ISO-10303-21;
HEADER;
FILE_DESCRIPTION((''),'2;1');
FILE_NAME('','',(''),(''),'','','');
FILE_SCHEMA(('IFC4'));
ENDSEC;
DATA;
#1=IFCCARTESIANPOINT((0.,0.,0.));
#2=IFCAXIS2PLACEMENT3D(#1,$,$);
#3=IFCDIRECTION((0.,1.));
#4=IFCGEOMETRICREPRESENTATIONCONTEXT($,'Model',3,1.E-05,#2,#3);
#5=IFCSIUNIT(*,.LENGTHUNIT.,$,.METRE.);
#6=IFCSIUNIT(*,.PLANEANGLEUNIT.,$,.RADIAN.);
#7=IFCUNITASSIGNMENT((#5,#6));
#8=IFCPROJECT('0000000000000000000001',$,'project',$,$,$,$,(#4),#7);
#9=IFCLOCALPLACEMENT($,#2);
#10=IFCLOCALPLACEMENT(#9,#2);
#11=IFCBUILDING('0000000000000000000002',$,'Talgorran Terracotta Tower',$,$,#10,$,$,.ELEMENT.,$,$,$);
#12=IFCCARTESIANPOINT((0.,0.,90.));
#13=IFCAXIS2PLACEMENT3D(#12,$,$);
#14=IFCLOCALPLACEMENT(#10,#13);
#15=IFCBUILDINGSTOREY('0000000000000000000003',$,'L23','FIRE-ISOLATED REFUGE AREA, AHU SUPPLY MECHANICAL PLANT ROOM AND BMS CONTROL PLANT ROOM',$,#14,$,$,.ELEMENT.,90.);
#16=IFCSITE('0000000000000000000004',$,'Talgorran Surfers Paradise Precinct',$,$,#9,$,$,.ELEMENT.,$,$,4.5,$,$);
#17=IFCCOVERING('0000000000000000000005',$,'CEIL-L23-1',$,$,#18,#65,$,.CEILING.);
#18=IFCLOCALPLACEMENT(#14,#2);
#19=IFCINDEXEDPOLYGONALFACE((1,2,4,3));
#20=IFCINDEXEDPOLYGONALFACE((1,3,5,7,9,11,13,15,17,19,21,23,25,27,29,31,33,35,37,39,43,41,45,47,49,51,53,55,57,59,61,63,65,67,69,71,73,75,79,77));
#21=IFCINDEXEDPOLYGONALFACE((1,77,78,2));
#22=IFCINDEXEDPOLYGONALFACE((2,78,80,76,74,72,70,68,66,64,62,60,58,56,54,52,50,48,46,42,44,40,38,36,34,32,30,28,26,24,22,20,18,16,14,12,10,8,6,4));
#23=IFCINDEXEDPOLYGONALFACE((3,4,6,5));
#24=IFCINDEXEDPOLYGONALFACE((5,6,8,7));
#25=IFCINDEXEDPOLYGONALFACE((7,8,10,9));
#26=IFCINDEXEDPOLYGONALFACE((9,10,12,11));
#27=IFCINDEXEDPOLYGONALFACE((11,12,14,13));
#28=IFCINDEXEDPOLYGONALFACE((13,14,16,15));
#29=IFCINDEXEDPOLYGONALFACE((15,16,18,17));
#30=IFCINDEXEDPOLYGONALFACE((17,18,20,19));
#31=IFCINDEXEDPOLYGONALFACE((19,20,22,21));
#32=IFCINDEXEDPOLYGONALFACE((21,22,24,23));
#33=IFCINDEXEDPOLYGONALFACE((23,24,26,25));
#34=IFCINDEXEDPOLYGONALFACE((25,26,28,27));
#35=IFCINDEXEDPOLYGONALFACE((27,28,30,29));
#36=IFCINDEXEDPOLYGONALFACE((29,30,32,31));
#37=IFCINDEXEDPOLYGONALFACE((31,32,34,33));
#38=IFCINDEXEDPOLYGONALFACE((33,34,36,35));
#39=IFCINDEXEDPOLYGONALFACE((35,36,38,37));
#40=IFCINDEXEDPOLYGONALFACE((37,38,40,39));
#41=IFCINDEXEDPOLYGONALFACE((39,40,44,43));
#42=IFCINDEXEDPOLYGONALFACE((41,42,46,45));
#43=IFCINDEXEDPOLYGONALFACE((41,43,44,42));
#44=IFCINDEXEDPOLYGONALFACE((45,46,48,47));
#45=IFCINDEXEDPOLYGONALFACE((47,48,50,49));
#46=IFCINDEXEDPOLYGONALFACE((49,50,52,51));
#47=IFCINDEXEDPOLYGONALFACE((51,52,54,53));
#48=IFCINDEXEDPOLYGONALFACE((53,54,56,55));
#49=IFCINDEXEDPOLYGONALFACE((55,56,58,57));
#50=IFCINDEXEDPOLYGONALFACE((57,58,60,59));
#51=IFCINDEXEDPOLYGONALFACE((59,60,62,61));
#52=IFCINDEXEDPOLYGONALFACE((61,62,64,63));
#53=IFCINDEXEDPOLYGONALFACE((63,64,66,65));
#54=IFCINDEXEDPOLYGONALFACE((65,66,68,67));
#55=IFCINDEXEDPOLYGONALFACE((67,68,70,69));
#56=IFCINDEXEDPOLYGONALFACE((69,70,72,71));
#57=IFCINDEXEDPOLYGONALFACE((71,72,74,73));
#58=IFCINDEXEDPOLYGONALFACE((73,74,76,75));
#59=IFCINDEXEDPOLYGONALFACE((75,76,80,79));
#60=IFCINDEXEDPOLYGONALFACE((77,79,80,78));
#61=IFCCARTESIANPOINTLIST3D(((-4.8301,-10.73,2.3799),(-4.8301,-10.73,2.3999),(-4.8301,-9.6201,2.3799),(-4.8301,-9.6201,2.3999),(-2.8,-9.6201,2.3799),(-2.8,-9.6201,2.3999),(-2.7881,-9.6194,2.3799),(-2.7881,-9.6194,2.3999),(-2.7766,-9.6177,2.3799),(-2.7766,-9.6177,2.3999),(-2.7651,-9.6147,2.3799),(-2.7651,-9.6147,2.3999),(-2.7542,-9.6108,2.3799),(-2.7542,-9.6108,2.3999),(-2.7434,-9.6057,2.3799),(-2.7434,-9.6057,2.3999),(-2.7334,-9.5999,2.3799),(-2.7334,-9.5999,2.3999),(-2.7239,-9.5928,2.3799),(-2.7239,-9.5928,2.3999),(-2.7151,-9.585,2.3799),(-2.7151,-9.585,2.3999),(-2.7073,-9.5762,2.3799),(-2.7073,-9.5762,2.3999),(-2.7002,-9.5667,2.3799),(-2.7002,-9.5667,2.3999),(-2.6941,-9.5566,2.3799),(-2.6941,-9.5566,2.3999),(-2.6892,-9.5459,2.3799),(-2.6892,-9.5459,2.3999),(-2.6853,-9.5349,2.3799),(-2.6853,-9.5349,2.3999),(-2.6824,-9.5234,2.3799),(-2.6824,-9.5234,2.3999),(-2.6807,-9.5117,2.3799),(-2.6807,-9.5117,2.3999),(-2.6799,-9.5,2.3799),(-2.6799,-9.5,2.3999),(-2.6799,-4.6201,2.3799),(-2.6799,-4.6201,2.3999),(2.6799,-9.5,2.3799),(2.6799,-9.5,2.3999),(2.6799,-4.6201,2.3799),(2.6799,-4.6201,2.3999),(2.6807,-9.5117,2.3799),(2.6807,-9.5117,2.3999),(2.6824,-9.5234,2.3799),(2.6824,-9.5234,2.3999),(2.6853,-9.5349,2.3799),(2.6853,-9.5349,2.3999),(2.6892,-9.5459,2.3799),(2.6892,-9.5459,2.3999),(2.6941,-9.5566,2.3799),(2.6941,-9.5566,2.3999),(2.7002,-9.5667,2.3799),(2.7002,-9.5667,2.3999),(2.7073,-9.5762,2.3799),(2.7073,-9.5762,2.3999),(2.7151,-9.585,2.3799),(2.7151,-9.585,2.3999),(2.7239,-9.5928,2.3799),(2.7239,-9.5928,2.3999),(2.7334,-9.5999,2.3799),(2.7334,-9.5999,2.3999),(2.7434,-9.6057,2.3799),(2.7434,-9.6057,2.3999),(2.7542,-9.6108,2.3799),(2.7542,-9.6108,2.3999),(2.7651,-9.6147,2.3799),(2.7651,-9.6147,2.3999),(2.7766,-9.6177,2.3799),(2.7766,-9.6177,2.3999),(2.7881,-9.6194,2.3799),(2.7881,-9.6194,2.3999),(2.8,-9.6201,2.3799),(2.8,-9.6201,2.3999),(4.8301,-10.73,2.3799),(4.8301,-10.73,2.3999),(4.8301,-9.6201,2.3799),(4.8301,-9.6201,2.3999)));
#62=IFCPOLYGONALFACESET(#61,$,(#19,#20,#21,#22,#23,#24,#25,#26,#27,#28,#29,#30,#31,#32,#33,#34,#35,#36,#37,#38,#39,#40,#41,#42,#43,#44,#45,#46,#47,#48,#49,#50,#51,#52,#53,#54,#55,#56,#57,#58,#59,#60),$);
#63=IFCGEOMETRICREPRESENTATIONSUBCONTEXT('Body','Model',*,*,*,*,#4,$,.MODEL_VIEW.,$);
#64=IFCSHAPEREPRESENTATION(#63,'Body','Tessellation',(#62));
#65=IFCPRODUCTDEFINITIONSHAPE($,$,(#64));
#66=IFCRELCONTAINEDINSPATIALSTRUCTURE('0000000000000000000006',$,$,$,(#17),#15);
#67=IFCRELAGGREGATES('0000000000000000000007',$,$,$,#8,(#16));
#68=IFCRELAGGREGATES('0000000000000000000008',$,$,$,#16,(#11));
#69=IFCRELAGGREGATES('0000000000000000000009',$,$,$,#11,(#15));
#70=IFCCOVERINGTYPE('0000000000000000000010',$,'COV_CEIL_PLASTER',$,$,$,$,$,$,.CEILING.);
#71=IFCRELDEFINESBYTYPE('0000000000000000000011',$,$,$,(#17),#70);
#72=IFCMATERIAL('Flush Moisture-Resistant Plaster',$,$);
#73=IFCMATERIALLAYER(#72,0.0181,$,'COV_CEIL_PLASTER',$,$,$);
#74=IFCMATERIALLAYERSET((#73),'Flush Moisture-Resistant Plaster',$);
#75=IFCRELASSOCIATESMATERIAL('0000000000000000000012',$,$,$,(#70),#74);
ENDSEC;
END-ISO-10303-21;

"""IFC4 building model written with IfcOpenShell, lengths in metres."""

from ifc_helpers import new_model, si_unit, direction, frame, origin, place, context, subcontext, project, spatial, polyline, outline, extrude, material, layer, layer_set, type_object, element, save


model = new_model("IFC4")

# Units and contexts
model_context = context("Model", 3, precision=1e-05, world=origin(), true_north=direction((0.0, 1.0)))
body_context = subcontext(model_context, "Body", "Model", "MODEL_VIEW")
ifc_project = project(units=[si_unit("LENGTHUNIT", "METRE"), si_unit("PLANEANGLEUNIT", "RADIAN")], contexts=[model_context])

# Site, building, storey
site_placement = place(None, origin())
site = spatial("IfcSite", under=ifc_project, at=site_placement, Name="Talgorran Surfers Paradise Precinct", CompositionType="ELEMENT", RefElevation=4.5)
building_placement = place(site_placement, origin())
building = spatial("IfcBuilding", under=site, at=building_placement, Name="Talgorran Terracotta Tower", CompositionType="ELEMENT")
storey_placement = place(building_placement, frame((0.0, 0.0, 90.0)))
storey = spatial("IfcBuildingStorey", under=building, at=storey_placement, Name="L23", Description="FIRE-ISOLATED REFUGE AREA, AHU SUPPLY MECHANICAL PLANT ROOM AND BMS CONTROL PLANT ROOM", CompositionType="ELEMENT", Elevation=90.0)

# Covering
ifc_material_1 = material(Name="Flush Moisture-Resistant Plaster")
ifc_layer_1 = layer(ifc_material_1, 0.0181, Name="COV_CEIL_PLASTER")
ifc_layer_set_1 = layer_set([ifc_layer_1], Name="Flush Moisture-Resistant Plaster")
covering_type_1 = type_object("IfcCoveringType", Name="COV_CEIL_PLASTER", PredefinedType="CEILING", material=ifc_layer_set_1)
covering_1_placement = place(storey_placement, frame((0.0, 0.0, 2.3799)))
element("IfcCovering", 1, at=covering_1_placement, inside=storey, type_object=covering_type_1, Name="CEIL-L23-1", PredefinedType="CEILING", context=body_context, shape_type="SweptSolid", body=[
    extrude(outline(polyline([(-4.8301, -9.6201), (-2.8, -9.6201), (-2.7881, -9.6194), (-2.7766, -9.6177), (-2.7651, -9.6147), (-2.7542, -9.6108), (-2.7434, -9.6057), (-2.7334, -9.5999), (-2.7239, -9.5928), (-2.7151, -9.585), (-2.7073, -9.5762), (-2.7002, -9.5667), (-2.6941, -9.5566), (-2.6892, -9.5459), (-2.6853, -9.5349), (-2.6824, -9.5234), (-2.6807, -9.5117), (-2.6799, -9.5), (-2.6799, -4.6201), (2.6799, -4.6201), (2.6799, -9.5), (2.6807, -9.5117), (2.6824, -9.5234), (2.6853, -9.5349), (2.6892, -9.5459), (2.6941, -9.5566), (2.7002, -9.5667), (2.7073, -9.5762), (2.7151, -9.585), (2.7239, -9.5928), (2.7334, -9.5999), (2.7434, -9.6057), (2.7542, -9.6108), (2.7651, -9.6147), (2.7766, -9.6177), (2.7881, -9.6194), (2.8, -9.6201), (4.8301, -9.6201), (4.8301, -10.73), (-4.8301, -10.73), (-4.8301, -9.6201)])), origin(), (0.0, 0.0, 1.0), 0.02),
])

save(model, "model.ifc")
